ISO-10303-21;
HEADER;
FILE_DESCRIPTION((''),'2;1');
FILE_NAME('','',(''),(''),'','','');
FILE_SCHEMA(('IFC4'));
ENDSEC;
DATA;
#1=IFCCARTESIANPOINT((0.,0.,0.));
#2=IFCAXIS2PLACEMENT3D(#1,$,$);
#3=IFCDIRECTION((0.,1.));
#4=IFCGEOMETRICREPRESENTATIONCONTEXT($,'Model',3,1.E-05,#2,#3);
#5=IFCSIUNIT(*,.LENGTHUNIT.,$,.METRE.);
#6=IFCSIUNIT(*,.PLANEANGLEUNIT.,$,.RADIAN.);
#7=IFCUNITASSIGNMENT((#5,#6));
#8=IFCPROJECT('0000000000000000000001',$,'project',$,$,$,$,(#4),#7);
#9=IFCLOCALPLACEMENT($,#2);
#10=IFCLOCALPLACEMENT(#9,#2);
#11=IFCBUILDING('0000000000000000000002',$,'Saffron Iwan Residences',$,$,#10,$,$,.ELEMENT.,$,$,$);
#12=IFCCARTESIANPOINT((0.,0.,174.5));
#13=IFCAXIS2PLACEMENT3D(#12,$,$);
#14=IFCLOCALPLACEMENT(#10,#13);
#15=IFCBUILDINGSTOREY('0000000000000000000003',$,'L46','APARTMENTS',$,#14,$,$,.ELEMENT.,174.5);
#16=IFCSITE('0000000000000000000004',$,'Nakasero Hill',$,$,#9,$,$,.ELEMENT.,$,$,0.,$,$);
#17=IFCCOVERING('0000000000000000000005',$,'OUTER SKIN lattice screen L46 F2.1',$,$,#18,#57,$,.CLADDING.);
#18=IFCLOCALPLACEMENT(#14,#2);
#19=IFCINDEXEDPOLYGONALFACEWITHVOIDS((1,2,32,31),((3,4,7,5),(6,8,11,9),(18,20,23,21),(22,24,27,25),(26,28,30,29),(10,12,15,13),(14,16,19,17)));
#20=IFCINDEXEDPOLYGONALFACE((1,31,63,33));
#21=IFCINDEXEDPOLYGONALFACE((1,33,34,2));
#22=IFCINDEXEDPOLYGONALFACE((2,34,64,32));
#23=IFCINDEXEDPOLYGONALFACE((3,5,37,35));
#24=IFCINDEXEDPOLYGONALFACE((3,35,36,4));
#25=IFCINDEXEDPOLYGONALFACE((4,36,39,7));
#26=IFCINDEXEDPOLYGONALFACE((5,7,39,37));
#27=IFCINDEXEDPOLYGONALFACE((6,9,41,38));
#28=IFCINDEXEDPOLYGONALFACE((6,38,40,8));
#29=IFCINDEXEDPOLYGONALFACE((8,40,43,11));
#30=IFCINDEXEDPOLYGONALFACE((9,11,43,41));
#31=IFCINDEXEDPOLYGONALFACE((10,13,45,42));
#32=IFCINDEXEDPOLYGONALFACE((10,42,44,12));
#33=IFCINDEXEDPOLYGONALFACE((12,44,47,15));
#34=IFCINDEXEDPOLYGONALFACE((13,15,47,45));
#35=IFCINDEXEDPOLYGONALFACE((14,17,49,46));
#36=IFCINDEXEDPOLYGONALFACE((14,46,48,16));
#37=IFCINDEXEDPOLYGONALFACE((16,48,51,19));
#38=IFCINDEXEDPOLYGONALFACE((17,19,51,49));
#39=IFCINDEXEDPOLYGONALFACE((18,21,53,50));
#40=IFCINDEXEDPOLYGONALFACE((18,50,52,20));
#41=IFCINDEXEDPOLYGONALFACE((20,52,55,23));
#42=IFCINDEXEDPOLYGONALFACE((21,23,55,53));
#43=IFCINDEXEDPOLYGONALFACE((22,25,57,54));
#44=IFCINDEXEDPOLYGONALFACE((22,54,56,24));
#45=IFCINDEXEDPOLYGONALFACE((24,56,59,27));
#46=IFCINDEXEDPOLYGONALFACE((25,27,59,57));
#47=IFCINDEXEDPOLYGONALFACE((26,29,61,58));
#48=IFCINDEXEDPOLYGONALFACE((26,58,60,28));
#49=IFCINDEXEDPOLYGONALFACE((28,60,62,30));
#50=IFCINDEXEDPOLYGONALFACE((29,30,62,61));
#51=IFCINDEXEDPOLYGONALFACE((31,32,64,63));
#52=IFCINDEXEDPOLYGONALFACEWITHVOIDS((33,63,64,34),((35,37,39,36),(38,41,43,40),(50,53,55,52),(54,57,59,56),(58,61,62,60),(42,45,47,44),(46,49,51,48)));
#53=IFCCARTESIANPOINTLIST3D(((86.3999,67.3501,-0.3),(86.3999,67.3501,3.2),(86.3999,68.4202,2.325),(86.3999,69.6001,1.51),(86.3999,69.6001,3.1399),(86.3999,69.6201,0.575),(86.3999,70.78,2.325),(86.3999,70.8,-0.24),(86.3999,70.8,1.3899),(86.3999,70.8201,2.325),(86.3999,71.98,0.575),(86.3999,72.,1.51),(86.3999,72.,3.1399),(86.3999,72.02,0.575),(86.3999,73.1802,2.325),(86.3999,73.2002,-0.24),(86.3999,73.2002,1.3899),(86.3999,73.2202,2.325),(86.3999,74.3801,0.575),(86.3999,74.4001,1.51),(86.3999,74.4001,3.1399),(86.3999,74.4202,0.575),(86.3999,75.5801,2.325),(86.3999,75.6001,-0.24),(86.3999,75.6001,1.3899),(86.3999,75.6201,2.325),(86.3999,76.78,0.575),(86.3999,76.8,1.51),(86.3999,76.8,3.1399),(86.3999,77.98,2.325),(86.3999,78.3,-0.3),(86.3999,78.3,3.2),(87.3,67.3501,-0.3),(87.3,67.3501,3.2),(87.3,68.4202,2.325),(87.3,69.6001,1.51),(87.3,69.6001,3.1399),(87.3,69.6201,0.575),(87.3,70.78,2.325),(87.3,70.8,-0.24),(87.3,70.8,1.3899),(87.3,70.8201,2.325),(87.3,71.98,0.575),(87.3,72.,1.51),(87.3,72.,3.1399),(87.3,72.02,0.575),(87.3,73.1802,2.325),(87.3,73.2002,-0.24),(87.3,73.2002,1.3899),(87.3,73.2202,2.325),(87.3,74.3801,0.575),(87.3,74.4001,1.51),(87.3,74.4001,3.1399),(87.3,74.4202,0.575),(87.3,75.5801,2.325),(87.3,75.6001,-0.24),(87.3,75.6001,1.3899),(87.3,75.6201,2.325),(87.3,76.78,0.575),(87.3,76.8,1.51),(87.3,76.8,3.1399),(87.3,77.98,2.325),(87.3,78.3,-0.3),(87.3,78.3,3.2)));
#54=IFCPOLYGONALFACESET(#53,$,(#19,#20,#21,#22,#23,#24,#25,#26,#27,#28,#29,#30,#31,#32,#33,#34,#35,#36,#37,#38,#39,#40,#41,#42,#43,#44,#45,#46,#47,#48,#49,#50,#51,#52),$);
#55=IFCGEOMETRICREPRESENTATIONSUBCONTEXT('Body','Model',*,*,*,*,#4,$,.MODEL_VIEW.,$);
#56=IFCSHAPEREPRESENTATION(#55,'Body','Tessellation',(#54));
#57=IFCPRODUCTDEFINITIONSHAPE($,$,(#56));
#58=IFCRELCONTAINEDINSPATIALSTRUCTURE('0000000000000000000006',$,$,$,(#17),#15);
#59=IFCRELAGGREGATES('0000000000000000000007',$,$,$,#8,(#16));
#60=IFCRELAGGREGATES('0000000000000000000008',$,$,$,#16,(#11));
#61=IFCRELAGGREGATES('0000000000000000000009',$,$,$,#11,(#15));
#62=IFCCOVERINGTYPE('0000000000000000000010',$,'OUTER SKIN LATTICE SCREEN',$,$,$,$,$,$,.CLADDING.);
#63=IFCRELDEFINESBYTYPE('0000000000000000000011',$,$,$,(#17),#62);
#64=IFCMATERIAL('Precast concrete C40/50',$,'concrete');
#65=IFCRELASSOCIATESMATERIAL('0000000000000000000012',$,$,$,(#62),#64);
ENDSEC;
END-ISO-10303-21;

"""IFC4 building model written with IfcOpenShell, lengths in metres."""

from ifc_helpers import new_model, si_unit, direction, frame, origin, place, context, subcontext, project, spatial, polyline, outline, extrude, material, type_object, element, save


model = new_model("IFC4")

# Units and contexts
model_context = context("Model", 3, precision=1e-05, world=origin(), true_north=direction((0.0, 1.0)))
body_context = subcontext(model_context, "Body", "Model", "MODEL_VIEW")
ifc_project = project(units=[si_unit("LENGTHUNIT", "METRE"), si_unit("PLANEANGLEUNIT", "RADIAN")], contexts=[model_context])

# Site, building, storey
site_placement = place(None, origin())
site = spatial("IfcSite", under=ifc_project, at=site_placement, Name="Nakasero Hill", CompositionType="ELEMENT", RefElevation=0.0)
building_placement = place(site_placement, origin())
building = spatial("IfcBuilding", under=site, at=building_placement, Name="Saffron Iwan Residences", CompositionType="ELEMENT")
storey_placement = place(building_placement, frame((0.0, 0.0, 174.5)))
storey = spatial("IfcBuildingStorey", under=building, at=storey_placement, Name="L46", Description="APARTMENTS", CompositionType="ELEMENT", Elevation=174.5)

# Covering
ifc_material_1 = material(Name="Precast concrete C40/50", Category="concrete")
covering_type = type_object("IfcCoveringType", Name="OUTER SKIN LATTICE SCREEN", PredefinedType="CLADDING", material=ifc_material_1)
covering_placement = place(storey_placement, frame((86.3999, 67.3501, -0.3), z_axis=(1.0, 0.0, 0.0), x_axis=(0.0, 1.0, 0.0)))
element("IfcCovering", 1, at=covering_placement, inside=storey, type_object=covering_type, Name="OUTER SKIN lattice screen L46 F2.1", PredefinedType="CLADDING", context=body_context, shape_type="SweptSolid", body=[
    extrude(outline(polyline([(0.0, 0.0), (10.95, 0.0), (10.95, 3.5), (0.0, 3.5), (0.0, 0.0)]), holes=[polyline([(2.27, 0.875), (3.45, 0.0601), (4.6299, 0.875), (3.45, 1.6899), (2.27, 0.875)]), polyline([(4.6699, 0.875), (5.8501, 0.0601), (7.03, 0.875), (5.8501, 1.6899), (4.6699, 0.875)]), polyline([(7.0701, 0.875), (8.25, 0.0601), (9.4299, 0.875), (8.25, 1.6899), (7.0701, 0.875)]), polyline([(1.0701, 2.625), (2.25, 1.8101), (3.4299, 2.625), (2.25, 3.4399), (1.0701, 2.625)]), polyline([(3.47, 2.625), (4.6499, 1.8101), (5.8301, 2.625), (4.6499, 3.4399), (3.47, 2.625)]), polyline([(5.8701, 2.625), (7.05, 1.8101), (8.23, 2.625), (7.05, 3.4399), (5.8701, 2.625)]), polyline([(8.27, 2.625), (9.45, 1.8101), (10.6299, 2.625), (9.45, 3.4399), (8.27, 2.625)])]), origin(), (0.0, 0.0, 1.0), 0.9001),
])

save(model, "model.ifc")
